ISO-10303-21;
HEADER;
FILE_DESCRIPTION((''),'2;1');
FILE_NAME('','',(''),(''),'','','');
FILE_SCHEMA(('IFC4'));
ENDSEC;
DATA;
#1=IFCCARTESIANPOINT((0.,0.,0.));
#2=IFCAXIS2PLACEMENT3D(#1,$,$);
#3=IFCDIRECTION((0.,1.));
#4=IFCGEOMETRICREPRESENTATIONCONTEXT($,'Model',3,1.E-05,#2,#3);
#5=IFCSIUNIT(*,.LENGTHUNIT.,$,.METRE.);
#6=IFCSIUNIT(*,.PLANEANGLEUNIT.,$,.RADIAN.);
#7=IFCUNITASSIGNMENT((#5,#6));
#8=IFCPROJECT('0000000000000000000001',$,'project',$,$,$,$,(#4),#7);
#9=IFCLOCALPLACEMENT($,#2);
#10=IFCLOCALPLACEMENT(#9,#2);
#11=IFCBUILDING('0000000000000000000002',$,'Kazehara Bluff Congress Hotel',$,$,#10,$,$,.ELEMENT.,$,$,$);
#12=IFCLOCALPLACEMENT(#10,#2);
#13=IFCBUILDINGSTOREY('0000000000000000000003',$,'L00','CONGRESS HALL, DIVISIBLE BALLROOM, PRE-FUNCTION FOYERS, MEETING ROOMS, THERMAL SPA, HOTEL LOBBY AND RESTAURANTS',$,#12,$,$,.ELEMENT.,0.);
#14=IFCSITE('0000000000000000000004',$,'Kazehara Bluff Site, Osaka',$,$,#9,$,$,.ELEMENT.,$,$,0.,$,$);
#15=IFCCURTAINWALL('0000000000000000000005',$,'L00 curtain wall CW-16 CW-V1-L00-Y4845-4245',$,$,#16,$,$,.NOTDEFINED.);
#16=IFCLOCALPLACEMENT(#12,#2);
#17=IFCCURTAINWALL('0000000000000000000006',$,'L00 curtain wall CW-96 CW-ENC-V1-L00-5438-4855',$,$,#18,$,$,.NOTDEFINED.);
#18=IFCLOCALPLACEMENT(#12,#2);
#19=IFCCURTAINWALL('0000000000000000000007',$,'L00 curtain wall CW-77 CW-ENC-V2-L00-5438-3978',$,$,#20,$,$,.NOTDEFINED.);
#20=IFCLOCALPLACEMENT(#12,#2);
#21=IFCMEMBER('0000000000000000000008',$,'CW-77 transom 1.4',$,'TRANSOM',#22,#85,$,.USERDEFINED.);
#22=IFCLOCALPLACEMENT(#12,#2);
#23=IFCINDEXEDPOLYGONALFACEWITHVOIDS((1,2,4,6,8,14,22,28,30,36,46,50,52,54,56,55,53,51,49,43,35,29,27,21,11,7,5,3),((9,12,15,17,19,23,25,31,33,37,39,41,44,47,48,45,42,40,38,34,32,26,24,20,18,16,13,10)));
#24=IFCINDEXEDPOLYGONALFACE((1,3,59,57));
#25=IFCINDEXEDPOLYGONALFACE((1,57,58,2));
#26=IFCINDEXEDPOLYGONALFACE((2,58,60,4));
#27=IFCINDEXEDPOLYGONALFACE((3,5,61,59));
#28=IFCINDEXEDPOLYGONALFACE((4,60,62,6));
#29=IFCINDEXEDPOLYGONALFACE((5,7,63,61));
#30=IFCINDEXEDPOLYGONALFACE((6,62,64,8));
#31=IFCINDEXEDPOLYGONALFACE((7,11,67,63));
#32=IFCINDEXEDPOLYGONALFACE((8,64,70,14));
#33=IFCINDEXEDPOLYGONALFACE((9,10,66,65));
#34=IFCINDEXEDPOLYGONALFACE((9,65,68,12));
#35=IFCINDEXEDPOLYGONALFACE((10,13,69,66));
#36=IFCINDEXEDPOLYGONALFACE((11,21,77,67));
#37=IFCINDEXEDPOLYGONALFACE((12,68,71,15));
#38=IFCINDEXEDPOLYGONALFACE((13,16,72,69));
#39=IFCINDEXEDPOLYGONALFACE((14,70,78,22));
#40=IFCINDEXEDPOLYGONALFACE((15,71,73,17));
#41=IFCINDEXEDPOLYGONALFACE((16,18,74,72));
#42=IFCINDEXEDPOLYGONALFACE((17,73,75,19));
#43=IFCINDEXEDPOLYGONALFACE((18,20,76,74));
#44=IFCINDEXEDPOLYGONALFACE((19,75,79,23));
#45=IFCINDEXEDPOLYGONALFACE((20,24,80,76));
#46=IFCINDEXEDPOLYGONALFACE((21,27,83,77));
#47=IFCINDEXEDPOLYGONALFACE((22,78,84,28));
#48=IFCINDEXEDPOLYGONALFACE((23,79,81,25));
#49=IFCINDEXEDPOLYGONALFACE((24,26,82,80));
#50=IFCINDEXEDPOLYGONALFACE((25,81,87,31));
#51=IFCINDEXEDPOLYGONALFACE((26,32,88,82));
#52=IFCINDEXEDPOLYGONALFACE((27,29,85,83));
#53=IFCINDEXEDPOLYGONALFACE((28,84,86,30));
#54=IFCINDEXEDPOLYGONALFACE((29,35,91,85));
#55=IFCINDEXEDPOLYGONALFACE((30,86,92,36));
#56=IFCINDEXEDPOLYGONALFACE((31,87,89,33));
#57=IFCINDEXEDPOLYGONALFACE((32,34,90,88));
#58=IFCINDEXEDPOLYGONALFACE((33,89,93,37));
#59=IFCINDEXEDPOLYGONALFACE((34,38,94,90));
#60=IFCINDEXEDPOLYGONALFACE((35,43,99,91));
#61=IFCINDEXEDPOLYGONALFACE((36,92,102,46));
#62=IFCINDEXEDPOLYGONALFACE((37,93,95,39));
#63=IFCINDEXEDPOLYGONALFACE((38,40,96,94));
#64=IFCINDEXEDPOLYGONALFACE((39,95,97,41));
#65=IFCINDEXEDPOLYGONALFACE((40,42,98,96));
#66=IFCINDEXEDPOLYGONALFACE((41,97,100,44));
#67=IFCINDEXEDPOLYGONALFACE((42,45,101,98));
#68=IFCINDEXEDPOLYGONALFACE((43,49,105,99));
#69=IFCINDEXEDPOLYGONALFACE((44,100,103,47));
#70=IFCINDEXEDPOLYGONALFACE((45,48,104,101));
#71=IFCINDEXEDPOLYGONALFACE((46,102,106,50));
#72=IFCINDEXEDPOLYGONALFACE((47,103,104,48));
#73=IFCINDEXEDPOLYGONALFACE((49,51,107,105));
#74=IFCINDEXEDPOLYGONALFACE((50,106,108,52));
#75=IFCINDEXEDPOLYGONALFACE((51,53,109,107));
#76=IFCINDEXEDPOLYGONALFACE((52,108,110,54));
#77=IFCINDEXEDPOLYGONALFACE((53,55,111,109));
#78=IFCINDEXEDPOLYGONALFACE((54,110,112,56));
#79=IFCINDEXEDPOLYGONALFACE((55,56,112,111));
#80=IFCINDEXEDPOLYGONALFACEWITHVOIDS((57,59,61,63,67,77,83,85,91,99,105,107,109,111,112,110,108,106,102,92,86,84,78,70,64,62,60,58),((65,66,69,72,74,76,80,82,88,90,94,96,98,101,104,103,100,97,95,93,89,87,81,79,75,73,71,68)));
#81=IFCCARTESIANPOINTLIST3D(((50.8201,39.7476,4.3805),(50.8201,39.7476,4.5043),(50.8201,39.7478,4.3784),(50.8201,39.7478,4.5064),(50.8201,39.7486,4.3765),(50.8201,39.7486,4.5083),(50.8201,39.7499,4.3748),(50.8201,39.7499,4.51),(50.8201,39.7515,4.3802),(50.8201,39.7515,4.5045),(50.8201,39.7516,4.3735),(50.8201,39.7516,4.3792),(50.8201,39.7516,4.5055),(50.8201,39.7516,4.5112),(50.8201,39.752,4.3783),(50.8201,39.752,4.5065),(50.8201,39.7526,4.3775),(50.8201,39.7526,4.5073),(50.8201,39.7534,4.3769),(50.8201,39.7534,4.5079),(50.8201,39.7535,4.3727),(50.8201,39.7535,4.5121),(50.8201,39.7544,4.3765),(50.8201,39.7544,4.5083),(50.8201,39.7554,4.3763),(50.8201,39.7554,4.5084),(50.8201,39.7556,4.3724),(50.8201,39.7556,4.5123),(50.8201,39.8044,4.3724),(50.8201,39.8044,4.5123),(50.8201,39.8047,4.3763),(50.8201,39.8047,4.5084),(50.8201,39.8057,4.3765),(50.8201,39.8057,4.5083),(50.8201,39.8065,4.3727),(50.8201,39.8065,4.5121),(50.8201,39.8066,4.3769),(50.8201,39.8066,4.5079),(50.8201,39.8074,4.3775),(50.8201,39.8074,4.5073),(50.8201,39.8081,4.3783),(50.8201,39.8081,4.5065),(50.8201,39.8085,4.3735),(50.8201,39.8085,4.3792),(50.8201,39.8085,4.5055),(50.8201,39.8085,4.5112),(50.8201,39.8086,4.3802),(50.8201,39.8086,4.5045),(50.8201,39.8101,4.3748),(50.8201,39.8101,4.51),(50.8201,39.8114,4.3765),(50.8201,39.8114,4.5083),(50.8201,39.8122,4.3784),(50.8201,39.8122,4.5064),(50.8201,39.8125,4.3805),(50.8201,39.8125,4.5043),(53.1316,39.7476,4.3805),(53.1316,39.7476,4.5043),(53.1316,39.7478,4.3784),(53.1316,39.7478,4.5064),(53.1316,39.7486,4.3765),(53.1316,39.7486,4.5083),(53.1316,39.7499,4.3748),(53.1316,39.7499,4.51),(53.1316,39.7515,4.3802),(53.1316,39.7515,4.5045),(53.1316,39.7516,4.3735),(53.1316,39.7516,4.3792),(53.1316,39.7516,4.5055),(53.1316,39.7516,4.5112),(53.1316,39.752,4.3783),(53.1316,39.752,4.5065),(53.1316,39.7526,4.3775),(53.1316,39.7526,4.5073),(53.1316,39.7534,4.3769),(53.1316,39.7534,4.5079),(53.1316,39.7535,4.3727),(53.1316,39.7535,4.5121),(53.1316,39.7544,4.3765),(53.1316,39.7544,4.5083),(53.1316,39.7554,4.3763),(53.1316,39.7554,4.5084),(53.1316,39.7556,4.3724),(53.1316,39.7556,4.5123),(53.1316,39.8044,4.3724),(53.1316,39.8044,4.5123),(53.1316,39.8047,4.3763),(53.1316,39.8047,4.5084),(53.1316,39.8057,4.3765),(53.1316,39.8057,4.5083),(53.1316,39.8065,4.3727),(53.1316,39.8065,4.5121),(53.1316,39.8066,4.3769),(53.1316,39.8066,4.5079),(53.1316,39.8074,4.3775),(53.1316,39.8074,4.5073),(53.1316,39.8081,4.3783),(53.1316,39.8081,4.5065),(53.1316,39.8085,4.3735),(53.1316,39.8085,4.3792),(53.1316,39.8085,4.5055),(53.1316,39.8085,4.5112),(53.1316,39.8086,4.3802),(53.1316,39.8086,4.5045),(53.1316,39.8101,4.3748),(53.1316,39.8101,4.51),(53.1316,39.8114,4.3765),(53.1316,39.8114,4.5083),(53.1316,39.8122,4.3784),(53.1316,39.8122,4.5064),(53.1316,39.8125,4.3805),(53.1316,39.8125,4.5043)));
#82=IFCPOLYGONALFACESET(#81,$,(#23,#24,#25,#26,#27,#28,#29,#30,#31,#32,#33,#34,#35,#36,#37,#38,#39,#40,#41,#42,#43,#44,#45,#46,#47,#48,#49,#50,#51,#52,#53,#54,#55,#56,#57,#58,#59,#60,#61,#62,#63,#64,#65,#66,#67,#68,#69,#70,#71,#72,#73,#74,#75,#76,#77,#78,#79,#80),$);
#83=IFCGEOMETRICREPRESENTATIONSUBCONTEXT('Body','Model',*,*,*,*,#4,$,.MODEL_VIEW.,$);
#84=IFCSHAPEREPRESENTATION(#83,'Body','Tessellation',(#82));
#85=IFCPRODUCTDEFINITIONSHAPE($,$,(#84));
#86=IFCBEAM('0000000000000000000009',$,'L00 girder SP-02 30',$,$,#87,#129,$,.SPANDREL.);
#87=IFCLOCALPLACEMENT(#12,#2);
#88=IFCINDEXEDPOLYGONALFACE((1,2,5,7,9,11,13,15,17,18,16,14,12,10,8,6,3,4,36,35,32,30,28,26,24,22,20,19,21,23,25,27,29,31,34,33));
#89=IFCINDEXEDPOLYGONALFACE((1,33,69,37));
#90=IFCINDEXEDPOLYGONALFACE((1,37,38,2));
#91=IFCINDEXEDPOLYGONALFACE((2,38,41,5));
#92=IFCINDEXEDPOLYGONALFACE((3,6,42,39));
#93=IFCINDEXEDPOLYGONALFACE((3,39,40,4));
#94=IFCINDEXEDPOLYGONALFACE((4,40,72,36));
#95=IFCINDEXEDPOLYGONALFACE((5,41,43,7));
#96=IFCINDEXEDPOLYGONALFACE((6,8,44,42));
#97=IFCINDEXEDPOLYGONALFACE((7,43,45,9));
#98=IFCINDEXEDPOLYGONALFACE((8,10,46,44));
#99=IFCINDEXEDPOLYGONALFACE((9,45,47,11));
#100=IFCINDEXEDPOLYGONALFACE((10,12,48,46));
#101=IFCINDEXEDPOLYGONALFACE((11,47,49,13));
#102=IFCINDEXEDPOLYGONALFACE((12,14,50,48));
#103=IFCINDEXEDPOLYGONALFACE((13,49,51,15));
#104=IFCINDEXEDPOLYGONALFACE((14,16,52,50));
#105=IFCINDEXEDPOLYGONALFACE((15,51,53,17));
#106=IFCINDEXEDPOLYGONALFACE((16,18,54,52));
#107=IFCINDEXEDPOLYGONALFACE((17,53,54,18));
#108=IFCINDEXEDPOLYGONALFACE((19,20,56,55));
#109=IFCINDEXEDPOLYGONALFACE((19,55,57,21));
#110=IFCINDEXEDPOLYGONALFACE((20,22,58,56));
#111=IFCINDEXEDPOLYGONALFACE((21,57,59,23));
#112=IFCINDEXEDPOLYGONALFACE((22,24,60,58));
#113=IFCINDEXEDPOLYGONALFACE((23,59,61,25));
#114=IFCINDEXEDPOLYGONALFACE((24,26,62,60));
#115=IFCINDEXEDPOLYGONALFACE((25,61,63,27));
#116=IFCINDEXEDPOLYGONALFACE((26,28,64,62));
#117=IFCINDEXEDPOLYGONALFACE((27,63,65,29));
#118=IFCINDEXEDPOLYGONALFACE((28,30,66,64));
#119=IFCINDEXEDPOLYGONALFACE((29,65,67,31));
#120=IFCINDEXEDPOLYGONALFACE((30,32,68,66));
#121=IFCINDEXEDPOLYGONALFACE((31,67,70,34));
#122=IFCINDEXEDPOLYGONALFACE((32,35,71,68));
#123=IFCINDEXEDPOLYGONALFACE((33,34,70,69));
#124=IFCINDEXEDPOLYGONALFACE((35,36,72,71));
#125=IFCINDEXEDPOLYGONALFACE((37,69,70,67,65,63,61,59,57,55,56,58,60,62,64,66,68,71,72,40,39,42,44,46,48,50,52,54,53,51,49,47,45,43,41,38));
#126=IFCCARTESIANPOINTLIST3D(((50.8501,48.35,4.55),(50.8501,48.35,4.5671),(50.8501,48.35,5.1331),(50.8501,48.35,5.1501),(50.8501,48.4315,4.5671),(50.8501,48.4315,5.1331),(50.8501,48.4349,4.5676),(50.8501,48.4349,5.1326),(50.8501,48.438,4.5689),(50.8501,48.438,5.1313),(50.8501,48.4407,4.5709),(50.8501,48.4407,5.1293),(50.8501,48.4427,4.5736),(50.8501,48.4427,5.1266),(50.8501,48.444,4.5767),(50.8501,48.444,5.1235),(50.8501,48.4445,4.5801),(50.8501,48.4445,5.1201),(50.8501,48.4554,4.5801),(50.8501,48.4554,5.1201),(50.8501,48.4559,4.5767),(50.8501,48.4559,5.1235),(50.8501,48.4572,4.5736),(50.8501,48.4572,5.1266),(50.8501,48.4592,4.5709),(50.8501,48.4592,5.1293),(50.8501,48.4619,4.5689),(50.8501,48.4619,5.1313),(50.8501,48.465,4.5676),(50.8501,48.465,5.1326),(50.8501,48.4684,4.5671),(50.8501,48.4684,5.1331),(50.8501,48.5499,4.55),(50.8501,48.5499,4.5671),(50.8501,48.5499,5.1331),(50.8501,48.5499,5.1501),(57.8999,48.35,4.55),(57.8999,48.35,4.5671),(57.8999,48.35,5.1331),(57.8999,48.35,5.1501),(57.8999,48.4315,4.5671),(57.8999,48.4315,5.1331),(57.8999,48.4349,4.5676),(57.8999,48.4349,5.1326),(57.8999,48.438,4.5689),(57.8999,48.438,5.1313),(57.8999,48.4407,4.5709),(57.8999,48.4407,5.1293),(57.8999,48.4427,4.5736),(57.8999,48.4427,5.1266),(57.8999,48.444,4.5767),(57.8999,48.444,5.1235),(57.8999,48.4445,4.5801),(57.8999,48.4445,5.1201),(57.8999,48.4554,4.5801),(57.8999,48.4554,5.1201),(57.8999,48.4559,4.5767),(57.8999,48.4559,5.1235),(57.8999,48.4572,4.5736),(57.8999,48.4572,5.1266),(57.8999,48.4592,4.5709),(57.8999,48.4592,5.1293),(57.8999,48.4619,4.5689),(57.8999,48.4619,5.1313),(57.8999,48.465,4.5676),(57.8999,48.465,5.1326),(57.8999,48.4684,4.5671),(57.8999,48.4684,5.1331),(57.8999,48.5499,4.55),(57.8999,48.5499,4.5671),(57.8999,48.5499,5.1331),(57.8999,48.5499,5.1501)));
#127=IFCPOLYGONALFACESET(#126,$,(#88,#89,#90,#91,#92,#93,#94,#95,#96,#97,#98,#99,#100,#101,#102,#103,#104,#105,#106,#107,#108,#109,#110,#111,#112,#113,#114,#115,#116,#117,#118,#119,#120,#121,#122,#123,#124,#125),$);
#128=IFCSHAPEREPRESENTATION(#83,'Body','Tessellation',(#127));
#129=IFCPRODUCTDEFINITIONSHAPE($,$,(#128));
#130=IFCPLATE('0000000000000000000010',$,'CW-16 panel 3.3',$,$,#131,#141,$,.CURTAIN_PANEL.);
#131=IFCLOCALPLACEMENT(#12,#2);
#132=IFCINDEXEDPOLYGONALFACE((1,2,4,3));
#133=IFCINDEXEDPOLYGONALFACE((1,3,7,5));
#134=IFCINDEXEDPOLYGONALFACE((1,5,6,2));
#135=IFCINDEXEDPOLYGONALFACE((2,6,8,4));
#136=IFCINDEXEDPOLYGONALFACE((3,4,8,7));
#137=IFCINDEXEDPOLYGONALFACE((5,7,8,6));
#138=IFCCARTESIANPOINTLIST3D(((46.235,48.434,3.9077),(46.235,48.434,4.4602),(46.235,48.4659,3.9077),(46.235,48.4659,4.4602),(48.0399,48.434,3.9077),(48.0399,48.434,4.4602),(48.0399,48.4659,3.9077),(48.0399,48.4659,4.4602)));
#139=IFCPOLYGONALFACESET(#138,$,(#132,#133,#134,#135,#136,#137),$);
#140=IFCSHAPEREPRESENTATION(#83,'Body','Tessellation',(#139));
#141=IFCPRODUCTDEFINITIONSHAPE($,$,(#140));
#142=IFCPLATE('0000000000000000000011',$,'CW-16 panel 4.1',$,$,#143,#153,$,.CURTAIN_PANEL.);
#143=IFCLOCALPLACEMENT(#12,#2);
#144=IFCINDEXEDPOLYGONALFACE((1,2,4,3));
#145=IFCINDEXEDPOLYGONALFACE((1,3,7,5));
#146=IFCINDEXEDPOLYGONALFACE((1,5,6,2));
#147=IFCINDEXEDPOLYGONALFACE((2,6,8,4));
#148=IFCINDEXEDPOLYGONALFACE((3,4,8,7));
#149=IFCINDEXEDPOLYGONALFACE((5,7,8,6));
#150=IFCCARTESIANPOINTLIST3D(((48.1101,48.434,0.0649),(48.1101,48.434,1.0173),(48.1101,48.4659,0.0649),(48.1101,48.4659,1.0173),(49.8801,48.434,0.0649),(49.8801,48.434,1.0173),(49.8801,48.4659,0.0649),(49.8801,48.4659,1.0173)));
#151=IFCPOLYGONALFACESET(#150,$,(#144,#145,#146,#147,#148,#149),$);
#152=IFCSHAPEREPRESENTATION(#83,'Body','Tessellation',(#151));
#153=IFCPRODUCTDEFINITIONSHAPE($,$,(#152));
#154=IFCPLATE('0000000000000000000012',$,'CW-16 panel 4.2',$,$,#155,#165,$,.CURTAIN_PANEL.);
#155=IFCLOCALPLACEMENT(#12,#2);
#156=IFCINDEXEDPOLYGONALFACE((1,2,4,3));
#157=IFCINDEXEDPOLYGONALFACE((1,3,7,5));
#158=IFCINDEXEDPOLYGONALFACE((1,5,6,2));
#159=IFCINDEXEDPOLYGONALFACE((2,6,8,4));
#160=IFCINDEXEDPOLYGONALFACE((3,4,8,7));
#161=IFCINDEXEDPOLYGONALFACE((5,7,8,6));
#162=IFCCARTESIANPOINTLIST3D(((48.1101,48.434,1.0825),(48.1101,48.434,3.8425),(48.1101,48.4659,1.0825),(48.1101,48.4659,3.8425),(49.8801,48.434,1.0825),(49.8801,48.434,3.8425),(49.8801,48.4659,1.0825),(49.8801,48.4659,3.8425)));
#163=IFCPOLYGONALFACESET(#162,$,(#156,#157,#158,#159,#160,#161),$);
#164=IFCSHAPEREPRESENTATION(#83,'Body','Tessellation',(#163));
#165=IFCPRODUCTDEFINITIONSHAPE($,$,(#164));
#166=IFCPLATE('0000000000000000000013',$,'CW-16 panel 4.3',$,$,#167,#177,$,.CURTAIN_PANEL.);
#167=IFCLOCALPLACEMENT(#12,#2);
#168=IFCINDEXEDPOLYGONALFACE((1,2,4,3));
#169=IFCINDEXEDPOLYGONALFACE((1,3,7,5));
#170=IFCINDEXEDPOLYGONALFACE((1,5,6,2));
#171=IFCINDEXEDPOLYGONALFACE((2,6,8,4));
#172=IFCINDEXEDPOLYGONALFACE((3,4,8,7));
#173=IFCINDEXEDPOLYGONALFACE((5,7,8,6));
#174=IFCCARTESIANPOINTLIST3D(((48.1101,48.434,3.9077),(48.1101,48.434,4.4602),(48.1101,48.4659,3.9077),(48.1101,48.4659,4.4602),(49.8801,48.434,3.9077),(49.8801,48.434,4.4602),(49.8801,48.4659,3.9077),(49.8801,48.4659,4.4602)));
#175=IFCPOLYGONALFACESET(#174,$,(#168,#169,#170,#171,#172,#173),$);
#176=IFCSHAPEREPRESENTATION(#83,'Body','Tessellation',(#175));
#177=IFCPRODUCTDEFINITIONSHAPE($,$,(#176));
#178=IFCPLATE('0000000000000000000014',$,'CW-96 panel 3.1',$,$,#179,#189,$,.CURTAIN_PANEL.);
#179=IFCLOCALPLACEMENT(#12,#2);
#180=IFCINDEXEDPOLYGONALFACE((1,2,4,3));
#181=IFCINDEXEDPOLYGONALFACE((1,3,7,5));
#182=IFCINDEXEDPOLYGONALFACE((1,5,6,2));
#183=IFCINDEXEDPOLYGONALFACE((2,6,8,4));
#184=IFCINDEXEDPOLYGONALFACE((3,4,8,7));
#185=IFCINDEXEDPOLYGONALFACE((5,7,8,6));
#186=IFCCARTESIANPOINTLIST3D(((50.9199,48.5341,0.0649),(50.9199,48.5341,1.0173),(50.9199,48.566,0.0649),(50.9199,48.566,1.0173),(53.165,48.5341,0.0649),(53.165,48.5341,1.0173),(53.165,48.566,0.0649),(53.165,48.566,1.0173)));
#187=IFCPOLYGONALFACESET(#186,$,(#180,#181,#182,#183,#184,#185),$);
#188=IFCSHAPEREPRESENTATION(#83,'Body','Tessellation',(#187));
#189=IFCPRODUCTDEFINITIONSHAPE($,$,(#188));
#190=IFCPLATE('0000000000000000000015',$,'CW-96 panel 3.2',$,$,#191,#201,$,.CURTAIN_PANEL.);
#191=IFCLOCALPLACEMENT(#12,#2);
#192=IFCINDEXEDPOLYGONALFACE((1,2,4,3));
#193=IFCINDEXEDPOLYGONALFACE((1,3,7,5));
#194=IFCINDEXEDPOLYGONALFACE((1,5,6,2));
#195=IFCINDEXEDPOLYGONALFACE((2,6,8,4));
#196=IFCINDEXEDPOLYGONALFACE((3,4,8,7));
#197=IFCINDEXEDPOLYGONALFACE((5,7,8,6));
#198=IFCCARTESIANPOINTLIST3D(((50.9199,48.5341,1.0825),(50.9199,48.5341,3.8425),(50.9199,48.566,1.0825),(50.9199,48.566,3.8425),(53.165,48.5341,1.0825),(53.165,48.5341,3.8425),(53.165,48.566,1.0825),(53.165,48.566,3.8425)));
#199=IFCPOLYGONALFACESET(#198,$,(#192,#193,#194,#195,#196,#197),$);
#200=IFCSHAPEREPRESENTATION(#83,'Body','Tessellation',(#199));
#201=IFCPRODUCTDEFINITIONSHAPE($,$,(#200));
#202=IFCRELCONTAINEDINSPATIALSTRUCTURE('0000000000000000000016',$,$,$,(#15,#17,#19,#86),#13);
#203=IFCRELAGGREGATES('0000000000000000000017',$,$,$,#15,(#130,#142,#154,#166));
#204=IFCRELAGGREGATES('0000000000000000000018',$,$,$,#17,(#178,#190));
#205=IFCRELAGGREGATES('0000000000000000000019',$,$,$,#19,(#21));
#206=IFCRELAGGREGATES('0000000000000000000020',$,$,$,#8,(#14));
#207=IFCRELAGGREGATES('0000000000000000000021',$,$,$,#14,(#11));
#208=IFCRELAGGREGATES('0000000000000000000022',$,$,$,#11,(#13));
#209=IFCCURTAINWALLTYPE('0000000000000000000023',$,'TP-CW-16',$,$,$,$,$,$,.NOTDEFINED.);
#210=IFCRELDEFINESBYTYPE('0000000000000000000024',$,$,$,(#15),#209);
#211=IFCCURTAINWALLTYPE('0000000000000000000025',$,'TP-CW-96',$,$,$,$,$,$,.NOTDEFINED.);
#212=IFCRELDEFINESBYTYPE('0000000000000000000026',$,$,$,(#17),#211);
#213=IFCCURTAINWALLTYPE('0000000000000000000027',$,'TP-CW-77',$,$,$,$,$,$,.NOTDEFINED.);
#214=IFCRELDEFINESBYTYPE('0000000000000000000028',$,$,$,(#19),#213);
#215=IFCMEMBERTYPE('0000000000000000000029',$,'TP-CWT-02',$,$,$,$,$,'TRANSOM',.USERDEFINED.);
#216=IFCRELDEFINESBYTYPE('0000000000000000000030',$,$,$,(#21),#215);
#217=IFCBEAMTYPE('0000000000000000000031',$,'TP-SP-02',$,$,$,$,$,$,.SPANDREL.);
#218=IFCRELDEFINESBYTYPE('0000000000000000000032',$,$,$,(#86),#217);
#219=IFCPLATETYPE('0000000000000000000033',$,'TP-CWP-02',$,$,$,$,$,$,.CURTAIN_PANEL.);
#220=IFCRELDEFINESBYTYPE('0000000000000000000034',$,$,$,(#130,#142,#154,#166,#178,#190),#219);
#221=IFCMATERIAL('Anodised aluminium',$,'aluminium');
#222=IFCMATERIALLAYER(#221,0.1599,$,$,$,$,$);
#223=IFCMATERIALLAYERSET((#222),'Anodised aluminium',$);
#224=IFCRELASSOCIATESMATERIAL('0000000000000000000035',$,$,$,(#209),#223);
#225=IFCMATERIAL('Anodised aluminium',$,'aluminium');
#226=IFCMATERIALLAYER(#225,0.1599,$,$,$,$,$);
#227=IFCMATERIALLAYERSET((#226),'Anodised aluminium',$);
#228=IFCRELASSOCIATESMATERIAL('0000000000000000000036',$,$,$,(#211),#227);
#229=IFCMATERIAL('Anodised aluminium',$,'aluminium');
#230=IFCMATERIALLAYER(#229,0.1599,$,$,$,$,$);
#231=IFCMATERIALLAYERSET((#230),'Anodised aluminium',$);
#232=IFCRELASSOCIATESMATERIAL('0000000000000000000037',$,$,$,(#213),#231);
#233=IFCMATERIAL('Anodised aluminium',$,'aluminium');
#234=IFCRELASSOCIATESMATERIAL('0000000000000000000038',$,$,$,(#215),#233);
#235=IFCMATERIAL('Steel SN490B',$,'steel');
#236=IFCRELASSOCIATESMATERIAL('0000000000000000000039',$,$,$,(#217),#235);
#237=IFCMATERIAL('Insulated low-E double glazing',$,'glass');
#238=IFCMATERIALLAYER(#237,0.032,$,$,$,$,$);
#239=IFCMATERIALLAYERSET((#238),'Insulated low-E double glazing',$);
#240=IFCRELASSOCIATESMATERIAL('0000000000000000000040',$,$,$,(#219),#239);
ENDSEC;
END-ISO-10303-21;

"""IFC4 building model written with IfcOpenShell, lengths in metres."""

from ifc_helpers import new_model, si_unit, direction, frame, origin, origin_2d, place, context, subcontext, project, spatial, rectangle, hollow_rectangle, i_section, extrude, material, layer, layer_set, material_profile, profile_set, type_object, element, aggregate, save


model = new_model("IFC4")

# Units and contexts
model_context = context("Model", 3, precision=1e-05, world=origin(), true_north=direction((0.0, 1.0)))
body_context = subcontext(model_context, "Body", "Model", "MODEL_VIEW")
ifc_project = project(units=[si_unit("LENGTHUNIT", "METRE"), si_unit("PLANEANGLEUNIT", "RADIAN")], contexts=[model_context])

# Site, building, storey
site_placement = place(None, origin())
site = spatial("IfcSite", under=ifc_project, at=site_placement, Name="Kazehara Bluff Site, Osaka", CompositionType="ELEMENT", RefElevation=0.0)
building_placement = place(site_placement, origin())
building = spatial("IfcBuilding", under=site, at=building_placement, Name="Kazehara Bluff Congress Hotel", CompositionType="ELEMENT")
storey_placement = place(building_placement, origin())
storey = spatial("IfcBuildingStorey", under=building, at=storey_placement, Name="L00", Description="CONGRESS HALL, DIVISIBLE BALLROOM, PRE-FUNCTION FOYERS, MEETING ROOMS, THERMAL SPA, HOTEL LOBBY AND RESTAURANTS", CompositionType="ELEMENT", Elevation=0.0)

# Curtain wall
ifc_material_1 = material(Name="Anodised aluminium", Category="aluminium")
ifc_layer_1 = layer(ifc_material_1, 0.1599)
ifc_layer_set_1 = layer_set([ifc_layer_1], Name="Anodised aluminium")
curtain_wall_type_1 = type_object("IfcCurtainWallType", Name="TP-CW-16", PredefinedType="NOTDEFINED", material=ifc_layer_set_1)
curtain_wall_1_placement = place(storey_placement, origin())
curtain_wall_1 = element("IfcCurtainWall", 1, at=curtain_wall_1_placement, inside=storey, type_object=curtain_wall_type_1, Name="L00 curtain wall CW-16 CW-V1-L00-Y4845-4245", PredefinedType="NOTDEFINED")

# Curtain walls
ifc_material_2 = material(Name="Anodised aluminium", Category="aluminium")
ifc_layer_2 = layer(ifc_material_2, 0.1599)
ifc_layer_set_2 = layer_set([ifc_layer_2], Name="Anodised aluminium")
curtain_wall_type_2 = type_object("IfcCurtainWallType", Name="TP-CW-96", PredefinedType="NOTDEFINED", material=ifc_layer_set_2)
curtain_wall_2_placement = place(storey_placement, origin())
curtain_wall_2 = element("IfcCurtainWall", 2, at=curtain_wall_2_placement, inside=storey, type_object=curtain_wall_type_2, Name="L00 curtain wall CW-96 CW-ENC-V1-L00-5438-4855", PredefinedType="NOTDEFINED")
ifc_material_3 = material(Name="Anodised aluminium", Category="aluminium")
ifc_layer_3 = layer(ifc_material_3, 0.1599)
ifc_layer_set_3 = layer_set([ifc_layer_3], Name="Anodised aluminium")
curtain_wall_type_3 = type_object("IfcCurtainWallType", Name="TP-CW-77", PredefinedType="NOTDEFINED", material=ifc_layer_set_3)
curtain_wall_3_placement = place(storey_placement, origin())
curtain_wall_3 = element("IfcCurtainWall", 3, at=curtain_wall_3_placement, inside=storey, type_object=curtain_wall_type_3, Name="L00 curtain wall CW-77 CW-ENC-V2-L00-5438-3978", PredefinedType="NOTDEFINED")

# Member
ifc_material_4 = material(Name="Anodised aluminium", Category="aluminium")
ifc_material_profile_1 = material_profile(ifc_material_4, hollow_rectangle(XDim=0.0649, YDim=0.1399, WallThickness=0.0039, InnerFilletRadius=0.0039, OuterFilletRadius=0.0081, at=origin_2d()))
ifc_profile_set_1 = profile_set([ifc_material_profile_1], Name="Anodised aluminium")
member_type_1 = type_object("IfcMemberType", Name="TP-CWT-02", ElementType="TRANSOM", PredefinedType="USERDEFINED", material=ifc_profile_set_1)
member_1_placement = place(storey_placement, frame((50.8201, 39.78, 4.4424), z_axis=(1.0, 0.0, 0.0), x_axis=(0.0, 1.0, 0.0)))
member_1 = element("IfcMember", 4, at=member_1_placement, type_object=member_type_1, Name="CW-77 transom 1.4", ObjectType="TRANSOM", PredefinedType="USERDEFINED", context=body_context, shape_type="SweptSolid", body=[
    extrude(hollow_rectangle(XDim=0.0649, YDim=0.1399, WallThickness=0.0039, InnerFilletRadius=0.0039, OuterFilletRadius=0.0081, at=origin_2d()), origin(), (0.0, 0.0, 1.0), 2.3115),
])

# Beam
ifc_material_5 = material(Name="Steel SN490B", Category="steel")
ifc_material_profile_2 = material_profile(ifc_material_5, i_section(OverallWidth=0.2, OverallDepth=0.6001, WebThickness=0.011, FlangeThickness=0.0171, FilletRadius=0.0129, at=origin_2d()))
ifc_profile_set_2 = profile_set([ifc_material_profile_2], Name="Steel SN490B")
beam_type = type_object("IfcBeamType", Name="TP-SP-02", PredefinedType="SPANDREL", material=ifc_profile_set_2)
beam_placement = place(storey_placement, frame((50.8501, 48.45, 4.8501), z_axis=(1.0, 0.0, 0.0), x_axis=(0.0, 1.0, 0.0)))
element("IfcBeam", 5, at=beam_placement, inside=storey, type_object=beam_type, Name="L00 girder SP-02 30", PredefinedType="SPANDREL", context=body_context, shape_type="SweptSolid", body=[
    extrude(i_section(OverallWidth=0.2, OverallDepth=0.6001, WebThickness=0.011, FlangeThickness=0.0171, FilletRadius=0.0129, at=origin_2d()), origin(), (0.0, 0.0, 1.0), 7.0498),
])

# Plates
ifc_material_6 = material(Name="Insulated low-E double glazing", Category="glass")
ifc_layer_4 = layer(ifc_material_6, 0.032)
ifc_layer_set_4 = layer_set([ifc_layer_4], Name="Insulated low-E double glazing")
plate_type = type_object("IfcPlateType", Name="TP-CWP-02", PredefinedType="CURTAIN_PANEL", material=ifc_layer_set_4)
plate_1_placement = place(storey_placement, frame((47.1375, 48.45, 3.9077), z_axis=(0.0, 0.0, 1.0), x_axis=(1.0, 0.0, 0.0)))
plate_1 = element("IfcPlate", 6, at=plate_1_placement, type_object=plate_type, Name="CW-16 panel 3.3", PredefinedType="CURTAIN_PANEL", context=body_context, shape_type="SweptSolid", body=[
    extrude(rectangle(XDim=1.8049, YDim=0.032, at=origin_2d()), origin(), (0.0, 0.0, 1.0), 0.5525),
])
plate_2_placement = place(storey_placement, frame((48.9951, 48.45, 0.0649), z_axis=(0.0, 0.0, 1.0), x_axis=(1.0, 0.0, 0.0)))
plate_2 = element("IfcPlate", 7, at=plate_2_placement, type_object=plate_type, Name="CW-16 panel 4.1", PredefinedType="CURTAIN_PANEL", context=body_context, shape_type="SweptSolid", body=[
    extrude(rectangle(XDim=1.77, YDim=0.032, at=origin_2d()), origin(), (0.0, 0.0, 1.0), 0.9524),
])
plate_3_placement = place(storey_placement, frame((48.9951, 48.45, 1.0825), z_axis=(0.0, 0.0, 1.0), x_axis=(1.0, 0.0, 0.0)))
plate_3 = element("IfcPlate", 8, at=plate_3_placement, type_object=plate_type, Name="CW-16 panel 4.2", PredefinedType="CURTAIN_PANEL", context=body_context, shape_type="SweptSolid", body=[
    extrude(rectangle(XDim=1.77, YDim=0.032, at=origin_2d()), origin(), (0.0, 0.0, 1.0), 2.76),
])
plate_4_placement = place(storey_placement, frame((48.9951, 48.45, 3.9077), z_axis=(0.0, 0.0, 1.0), x_axis=(1.0, 0.0, 0.0)))
plate_4 = element("IfcPlate", 9, at=plate_4_placement, type_object=plate_type, Name="CW-16 panel 4.3", PredefinedType="CURTAIN_PANEL", context=body_context, shape_type="SweptSolid", body=[
    extrude(rectangle(XDim=1.77, YDim=0.032, at=origin_2d()), origin(), (0.0, 0.0, 1.0), 0.5525),
])
aggregate(curtain_wall_1, [plate_1, plate_2, plate_3, plate_4])
plate_5_placement = place(storey_placement, frame((52.0425, 48.55, 0.0649), z_axis=(0.0, 0.0, 1.0), x_axis=(-1.0, 0.0, 0.0)))
plate_5 = element("IfcPlate", 10, at=plate_5_placement, type_object=plate_type, Name="CW-96 panel 3.1", PredefinedType="CURTAIN_PANEL", context=body_context, shape_type="SweptSolid", body=[
    extrude(rectangle(XDim=2.2451, YDim=0.032, at=origin_2d()), origin(), (0.0, 0.0, 1.0), 0.9524),
])
plate_6_placement = place(storey_placement, frame((52.0425, 48.55, 1.0825), z_axis=(0.0, 0.0, 1.0), x_axis=(-1.0, 0.0, 0.0)))
plate_6 = element("IfcPlate", 11, at=plate_6_placement, type_object=plate_type, Name="CW-96 panel 3.2", PredefinedType="CURTAIN_PANEL", context=body_context, shape_type="SweptSolid", body=[
    extrude(rectangle(XDim=2.2451, YDim=0.032, at=origin_2d()), origin(), (0.0, 0.0, 1.0), 2.76),
])
aggregate(curtain_wall_2, [plate_5, plate_6])
aggregate(curtain_wall_3, [member_1])

save(model, "model.ifc")
